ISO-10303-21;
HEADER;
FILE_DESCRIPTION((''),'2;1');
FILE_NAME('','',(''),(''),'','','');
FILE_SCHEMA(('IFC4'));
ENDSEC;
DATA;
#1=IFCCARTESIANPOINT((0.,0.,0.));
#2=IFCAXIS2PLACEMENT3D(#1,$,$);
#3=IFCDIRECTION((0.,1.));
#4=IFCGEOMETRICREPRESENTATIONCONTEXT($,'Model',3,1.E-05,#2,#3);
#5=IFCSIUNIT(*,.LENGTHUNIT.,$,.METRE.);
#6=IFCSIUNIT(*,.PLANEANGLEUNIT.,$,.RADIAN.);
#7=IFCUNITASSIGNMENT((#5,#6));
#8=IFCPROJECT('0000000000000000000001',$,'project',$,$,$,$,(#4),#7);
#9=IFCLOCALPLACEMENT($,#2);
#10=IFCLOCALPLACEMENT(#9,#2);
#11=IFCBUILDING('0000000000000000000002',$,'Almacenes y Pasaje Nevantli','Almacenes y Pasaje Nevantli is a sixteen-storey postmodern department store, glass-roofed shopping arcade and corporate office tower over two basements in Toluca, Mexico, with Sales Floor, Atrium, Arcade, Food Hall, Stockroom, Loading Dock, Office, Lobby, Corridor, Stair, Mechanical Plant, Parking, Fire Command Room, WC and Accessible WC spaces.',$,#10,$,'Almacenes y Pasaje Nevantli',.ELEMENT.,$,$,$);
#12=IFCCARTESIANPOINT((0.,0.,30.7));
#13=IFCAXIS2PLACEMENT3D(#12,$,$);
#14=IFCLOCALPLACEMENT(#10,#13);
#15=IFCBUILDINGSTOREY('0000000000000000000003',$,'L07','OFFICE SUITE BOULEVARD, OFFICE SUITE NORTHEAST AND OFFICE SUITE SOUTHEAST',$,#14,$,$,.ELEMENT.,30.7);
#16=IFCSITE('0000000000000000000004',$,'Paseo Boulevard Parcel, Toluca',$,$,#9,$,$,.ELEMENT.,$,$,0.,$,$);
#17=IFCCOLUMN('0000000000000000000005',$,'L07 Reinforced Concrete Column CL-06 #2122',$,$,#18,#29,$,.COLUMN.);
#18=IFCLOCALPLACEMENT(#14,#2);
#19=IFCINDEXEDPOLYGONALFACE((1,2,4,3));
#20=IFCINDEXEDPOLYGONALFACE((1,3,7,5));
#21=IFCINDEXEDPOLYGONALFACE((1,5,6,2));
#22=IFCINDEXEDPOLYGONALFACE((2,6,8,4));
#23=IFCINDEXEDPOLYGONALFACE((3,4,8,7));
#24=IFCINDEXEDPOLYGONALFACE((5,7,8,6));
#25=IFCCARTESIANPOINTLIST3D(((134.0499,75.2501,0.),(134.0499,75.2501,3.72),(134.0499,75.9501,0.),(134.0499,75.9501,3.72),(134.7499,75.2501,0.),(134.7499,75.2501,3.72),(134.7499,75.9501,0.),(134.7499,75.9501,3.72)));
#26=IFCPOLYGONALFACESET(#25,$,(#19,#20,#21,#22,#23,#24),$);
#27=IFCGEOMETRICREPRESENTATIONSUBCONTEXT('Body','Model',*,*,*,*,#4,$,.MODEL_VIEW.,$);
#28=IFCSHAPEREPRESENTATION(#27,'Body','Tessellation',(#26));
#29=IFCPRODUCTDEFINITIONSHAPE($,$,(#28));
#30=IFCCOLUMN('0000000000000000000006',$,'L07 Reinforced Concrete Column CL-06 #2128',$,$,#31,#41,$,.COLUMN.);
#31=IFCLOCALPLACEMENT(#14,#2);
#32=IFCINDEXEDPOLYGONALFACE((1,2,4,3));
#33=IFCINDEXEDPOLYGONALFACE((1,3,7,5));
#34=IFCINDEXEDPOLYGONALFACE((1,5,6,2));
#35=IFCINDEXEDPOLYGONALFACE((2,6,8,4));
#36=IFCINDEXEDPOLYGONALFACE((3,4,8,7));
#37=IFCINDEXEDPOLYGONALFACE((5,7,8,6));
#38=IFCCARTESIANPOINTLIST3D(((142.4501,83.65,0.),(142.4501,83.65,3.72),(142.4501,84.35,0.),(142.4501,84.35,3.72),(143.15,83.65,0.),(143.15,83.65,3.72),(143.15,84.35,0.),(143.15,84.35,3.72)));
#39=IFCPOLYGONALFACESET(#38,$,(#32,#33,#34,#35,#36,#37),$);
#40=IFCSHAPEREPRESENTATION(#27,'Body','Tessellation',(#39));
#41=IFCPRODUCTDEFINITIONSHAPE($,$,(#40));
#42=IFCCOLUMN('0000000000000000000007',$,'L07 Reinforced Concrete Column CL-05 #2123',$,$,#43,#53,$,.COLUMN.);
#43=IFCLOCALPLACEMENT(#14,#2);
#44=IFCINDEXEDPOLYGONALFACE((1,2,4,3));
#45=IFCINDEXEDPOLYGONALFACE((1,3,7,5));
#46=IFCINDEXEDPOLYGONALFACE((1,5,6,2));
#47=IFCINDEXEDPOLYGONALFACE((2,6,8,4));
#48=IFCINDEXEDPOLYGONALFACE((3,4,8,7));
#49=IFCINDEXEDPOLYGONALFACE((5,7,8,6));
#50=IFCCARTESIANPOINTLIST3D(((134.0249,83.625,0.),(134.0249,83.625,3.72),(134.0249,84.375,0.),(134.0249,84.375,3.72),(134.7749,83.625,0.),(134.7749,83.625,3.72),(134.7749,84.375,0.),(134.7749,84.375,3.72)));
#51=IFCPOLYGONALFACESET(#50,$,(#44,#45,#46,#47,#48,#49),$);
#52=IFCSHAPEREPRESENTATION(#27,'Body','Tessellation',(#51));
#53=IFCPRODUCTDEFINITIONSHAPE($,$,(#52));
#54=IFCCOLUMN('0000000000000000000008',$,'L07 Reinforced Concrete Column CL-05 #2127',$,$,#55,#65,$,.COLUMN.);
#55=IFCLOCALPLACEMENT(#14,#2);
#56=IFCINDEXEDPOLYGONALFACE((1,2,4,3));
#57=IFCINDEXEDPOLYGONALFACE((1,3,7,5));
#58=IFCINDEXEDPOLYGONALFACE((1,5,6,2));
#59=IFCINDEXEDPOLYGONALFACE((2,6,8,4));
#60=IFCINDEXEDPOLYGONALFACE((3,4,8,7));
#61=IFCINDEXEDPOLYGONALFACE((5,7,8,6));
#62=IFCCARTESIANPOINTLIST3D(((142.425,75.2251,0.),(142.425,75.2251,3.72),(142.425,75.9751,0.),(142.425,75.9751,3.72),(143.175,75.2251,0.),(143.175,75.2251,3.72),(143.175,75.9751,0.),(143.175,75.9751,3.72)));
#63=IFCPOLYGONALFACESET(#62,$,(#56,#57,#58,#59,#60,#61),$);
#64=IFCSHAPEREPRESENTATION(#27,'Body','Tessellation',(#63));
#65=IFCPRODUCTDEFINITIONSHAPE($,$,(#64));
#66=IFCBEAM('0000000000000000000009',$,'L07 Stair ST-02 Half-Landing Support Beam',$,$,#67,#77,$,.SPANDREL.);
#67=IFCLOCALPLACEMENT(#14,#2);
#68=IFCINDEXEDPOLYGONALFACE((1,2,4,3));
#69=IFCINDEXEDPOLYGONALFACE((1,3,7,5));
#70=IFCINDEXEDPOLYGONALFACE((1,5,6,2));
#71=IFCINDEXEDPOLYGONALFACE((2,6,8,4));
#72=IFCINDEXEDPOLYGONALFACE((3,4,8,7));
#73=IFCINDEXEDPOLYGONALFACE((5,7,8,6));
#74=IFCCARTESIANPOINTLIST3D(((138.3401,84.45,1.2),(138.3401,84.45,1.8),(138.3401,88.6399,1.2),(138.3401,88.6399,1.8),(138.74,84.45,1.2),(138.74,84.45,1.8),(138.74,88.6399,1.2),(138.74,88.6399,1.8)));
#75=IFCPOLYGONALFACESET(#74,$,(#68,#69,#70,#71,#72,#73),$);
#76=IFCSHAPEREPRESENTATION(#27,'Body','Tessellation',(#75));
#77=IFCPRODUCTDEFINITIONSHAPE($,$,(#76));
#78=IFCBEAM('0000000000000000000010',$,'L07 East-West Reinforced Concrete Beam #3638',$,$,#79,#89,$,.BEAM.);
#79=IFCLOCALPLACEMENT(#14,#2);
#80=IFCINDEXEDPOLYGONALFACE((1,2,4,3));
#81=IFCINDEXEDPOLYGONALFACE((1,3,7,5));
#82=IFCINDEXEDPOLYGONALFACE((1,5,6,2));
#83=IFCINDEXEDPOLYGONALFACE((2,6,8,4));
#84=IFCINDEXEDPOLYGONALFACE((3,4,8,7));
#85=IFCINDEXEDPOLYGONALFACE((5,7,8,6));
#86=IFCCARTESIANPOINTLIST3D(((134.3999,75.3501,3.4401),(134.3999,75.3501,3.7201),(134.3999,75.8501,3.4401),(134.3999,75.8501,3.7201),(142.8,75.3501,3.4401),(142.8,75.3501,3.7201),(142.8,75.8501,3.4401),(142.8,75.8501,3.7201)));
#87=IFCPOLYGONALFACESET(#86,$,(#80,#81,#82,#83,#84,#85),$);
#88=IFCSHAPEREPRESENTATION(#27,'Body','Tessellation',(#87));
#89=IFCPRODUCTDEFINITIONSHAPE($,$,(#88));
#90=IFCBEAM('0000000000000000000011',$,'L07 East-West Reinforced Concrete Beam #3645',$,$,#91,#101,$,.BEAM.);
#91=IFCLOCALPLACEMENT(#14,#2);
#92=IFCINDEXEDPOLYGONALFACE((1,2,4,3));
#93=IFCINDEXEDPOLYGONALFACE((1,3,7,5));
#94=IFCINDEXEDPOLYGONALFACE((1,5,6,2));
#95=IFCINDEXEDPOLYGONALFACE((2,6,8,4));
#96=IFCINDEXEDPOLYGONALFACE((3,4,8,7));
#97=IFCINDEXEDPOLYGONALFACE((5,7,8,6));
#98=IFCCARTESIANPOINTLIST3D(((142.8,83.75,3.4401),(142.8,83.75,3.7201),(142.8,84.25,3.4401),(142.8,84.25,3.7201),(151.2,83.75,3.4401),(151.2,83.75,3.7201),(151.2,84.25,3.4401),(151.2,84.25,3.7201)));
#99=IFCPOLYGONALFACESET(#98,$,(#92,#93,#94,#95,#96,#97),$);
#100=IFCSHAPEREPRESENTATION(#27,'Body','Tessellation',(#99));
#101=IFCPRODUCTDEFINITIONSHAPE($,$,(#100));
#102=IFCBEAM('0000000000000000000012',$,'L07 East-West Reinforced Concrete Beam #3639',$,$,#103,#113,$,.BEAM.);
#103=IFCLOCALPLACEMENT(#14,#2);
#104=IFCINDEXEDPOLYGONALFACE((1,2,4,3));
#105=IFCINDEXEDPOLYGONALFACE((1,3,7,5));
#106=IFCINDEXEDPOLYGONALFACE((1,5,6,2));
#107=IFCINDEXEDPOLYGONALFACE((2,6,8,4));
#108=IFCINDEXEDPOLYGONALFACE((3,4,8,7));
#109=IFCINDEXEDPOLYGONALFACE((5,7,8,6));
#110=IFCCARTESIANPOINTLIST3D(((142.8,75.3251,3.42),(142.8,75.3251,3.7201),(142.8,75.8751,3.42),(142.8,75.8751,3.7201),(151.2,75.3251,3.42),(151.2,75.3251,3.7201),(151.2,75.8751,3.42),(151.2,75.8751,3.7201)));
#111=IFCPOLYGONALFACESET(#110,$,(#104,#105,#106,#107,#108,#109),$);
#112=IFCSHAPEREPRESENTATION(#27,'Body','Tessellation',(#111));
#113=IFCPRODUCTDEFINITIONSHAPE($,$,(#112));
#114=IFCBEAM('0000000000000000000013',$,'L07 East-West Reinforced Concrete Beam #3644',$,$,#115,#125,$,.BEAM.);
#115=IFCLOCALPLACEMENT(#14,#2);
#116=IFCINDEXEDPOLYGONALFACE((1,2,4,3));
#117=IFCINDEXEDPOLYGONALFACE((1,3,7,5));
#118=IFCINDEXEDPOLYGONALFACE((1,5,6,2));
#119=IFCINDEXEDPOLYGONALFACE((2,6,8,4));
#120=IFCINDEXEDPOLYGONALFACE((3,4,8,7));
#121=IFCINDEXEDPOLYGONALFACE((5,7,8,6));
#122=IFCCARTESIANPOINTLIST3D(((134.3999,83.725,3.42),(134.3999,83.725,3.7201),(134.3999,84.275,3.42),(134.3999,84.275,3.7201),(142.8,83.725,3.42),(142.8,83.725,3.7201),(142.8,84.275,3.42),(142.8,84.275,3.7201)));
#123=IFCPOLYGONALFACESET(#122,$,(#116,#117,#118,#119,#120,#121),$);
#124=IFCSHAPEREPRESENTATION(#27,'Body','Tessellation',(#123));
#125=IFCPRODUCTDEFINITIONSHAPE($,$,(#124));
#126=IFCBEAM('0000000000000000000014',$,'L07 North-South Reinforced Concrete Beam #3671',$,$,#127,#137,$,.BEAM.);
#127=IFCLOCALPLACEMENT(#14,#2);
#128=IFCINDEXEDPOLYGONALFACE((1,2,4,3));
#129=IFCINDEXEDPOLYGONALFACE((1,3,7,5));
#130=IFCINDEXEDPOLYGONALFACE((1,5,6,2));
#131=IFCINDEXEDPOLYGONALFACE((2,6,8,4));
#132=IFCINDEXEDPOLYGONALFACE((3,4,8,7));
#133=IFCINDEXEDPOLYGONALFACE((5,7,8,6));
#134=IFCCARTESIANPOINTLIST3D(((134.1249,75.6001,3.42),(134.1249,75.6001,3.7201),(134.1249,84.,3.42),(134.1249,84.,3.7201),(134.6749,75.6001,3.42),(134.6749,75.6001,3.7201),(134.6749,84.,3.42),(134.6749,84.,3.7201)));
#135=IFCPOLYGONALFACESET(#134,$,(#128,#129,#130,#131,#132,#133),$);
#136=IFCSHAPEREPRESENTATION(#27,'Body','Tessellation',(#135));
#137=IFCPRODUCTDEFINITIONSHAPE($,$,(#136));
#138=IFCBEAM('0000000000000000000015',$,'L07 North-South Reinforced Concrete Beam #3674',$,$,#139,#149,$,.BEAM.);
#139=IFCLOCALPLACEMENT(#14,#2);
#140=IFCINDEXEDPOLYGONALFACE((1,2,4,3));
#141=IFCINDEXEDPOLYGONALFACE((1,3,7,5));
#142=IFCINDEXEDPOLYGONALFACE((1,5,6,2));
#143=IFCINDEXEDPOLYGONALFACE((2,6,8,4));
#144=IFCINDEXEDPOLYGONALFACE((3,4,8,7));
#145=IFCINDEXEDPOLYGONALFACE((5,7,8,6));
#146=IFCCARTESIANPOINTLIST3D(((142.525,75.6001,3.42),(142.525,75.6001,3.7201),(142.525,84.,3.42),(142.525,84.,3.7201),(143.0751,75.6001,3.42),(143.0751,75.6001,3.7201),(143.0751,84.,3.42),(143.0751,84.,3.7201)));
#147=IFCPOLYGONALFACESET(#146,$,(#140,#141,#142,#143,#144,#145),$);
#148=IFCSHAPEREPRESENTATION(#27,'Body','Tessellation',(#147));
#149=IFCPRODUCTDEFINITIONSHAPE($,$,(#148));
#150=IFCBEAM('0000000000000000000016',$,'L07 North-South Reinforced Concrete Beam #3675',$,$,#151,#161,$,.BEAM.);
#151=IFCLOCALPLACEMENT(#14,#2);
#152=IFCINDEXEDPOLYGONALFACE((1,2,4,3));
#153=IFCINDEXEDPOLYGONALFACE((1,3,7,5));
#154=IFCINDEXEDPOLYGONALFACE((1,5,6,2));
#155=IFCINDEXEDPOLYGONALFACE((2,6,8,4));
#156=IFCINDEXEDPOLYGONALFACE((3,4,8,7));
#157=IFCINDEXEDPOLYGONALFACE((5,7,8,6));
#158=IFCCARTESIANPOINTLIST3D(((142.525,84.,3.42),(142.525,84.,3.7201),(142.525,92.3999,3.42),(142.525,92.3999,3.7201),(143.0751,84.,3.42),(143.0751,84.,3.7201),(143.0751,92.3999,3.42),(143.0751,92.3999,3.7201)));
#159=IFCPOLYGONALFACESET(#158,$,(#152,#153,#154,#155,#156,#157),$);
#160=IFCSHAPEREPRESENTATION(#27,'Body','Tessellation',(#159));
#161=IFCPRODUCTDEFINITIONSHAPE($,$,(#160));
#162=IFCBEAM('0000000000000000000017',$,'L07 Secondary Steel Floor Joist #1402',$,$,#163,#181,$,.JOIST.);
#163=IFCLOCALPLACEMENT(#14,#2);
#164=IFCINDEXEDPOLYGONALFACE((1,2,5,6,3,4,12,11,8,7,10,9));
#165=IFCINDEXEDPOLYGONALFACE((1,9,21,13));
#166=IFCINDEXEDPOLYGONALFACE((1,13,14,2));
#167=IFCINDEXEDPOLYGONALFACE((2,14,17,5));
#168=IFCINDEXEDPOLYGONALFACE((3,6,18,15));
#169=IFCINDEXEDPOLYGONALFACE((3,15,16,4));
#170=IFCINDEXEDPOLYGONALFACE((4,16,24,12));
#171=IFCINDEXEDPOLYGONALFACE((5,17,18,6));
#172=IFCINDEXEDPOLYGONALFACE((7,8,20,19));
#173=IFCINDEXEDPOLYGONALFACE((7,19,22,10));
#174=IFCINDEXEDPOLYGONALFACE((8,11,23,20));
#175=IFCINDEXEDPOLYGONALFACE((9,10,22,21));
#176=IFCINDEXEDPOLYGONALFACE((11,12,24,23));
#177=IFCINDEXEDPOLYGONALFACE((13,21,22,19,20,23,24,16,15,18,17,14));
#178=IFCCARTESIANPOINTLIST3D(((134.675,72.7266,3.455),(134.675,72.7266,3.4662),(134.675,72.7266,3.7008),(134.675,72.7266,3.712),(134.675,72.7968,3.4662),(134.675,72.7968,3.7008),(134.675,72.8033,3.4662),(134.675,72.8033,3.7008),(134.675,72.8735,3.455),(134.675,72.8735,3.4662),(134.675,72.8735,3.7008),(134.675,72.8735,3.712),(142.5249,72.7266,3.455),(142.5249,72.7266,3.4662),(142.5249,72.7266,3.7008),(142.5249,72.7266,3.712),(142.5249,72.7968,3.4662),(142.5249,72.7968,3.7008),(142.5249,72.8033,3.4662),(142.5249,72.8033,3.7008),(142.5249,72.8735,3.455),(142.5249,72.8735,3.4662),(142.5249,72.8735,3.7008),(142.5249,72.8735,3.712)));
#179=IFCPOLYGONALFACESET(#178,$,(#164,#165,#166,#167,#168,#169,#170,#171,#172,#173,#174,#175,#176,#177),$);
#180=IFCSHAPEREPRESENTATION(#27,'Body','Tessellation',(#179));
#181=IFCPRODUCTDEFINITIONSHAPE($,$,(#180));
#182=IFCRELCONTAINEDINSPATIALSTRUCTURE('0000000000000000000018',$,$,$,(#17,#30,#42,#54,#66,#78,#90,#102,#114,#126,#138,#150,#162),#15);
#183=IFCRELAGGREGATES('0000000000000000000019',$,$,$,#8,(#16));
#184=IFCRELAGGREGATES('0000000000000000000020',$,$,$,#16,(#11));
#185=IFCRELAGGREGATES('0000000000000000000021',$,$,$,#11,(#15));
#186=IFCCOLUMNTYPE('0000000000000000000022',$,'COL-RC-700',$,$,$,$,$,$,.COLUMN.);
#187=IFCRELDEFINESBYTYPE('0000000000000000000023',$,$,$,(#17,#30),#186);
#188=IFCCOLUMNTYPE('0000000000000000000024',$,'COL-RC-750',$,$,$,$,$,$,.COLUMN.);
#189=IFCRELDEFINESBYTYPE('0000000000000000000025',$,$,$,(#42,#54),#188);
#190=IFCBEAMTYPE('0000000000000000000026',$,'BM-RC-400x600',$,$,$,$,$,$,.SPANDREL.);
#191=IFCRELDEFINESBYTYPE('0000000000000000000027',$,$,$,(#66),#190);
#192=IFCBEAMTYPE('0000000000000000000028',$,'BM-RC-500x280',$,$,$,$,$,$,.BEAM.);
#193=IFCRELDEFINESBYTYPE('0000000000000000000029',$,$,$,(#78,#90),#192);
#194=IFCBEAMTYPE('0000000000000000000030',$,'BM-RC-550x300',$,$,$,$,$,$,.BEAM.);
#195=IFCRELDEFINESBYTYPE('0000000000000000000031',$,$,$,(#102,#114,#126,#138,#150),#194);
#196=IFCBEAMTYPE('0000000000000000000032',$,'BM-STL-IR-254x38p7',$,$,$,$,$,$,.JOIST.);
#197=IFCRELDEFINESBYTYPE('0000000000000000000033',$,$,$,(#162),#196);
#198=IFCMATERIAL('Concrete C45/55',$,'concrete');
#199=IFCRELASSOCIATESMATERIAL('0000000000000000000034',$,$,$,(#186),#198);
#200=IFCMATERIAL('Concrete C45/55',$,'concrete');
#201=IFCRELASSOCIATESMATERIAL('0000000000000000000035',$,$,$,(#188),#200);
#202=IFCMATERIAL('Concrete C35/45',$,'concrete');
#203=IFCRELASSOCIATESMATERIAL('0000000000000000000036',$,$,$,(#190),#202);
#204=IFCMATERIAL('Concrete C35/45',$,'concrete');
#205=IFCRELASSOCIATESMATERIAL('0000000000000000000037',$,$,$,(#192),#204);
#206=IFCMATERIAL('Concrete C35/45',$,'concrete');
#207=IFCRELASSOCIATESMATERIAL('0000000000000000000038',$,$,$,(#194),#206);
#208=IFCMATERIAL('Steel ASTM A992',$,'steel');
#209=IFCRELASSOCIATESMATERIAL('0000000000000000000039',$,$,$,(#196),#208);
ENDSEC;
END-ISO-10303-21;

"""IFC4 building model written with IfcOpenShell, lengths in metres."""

from ifc_helpers import new_model, si_unit, direction, frame, origin, origin_2d, place, context, subcontext, project, spatial, rectangle, i_section, extrude, material, material_profile, profile_set, type_object, element, save


model = new_model("IFC4")

# Units and contexts
model_context = context("Model", 3, precision=1e-05, world=origin(), true_north=direction((0.0, 1.0)))
body_context = subcontext(model_context, "Body", "Model", "MODEL_VIEW")
ifc_project = project(units=[si_unit("LENGTHUNIT", "METRE"), si_unit("PLANEANGLEUNIT", "RADIAN")], contexts=[model_context])

# Site, building, storey
site_placement = place(None, origin())
site = spatial("IfcSite", under=ifc_project, at=site_placement, Name="Paseo Boulevard Parcel, Toluca", CompositionType="ELEMENT", RefElevation=0.0)
building_placement = place(site_placement, origin())
building = spatial("IfcBuilding", under=site, at=building_placement, Name="Almacenes y Pasaje Nevantli", Description="Almacenes y Pasaje Nevantli is a sixteen-storey postmodern department store, glass-roofed shopping arcade and corporate office tower over two basements in Toluca, Mexico, with Sales Floor, Atrium, Arcade, Food Hall, Stockroom, Loading Dock, Office, Lobby, Corridor, Stair, Mechanical Plant, Parking, Fire Command Room, WC and Accessible WC spaces.", LongName="Almacenes y Pasaje Nevantli", CompositionType="ELEMENT")
storey_placement = place(building_placement, frame((0.0, 0.0, 30.7)))
storey = spatial("IfcBuildingStorey", under=building, at=storey_placement, Name="L07", Description="OFFICE SUITE BOULEVARD, OFFICE SUITE NORTHEAST AND OFFICE SUITE SOUTHEAST", CompositionType="ELEMENT", Elevation=30.7)

# Columns
ifc_material_1 = material(Name="Concrete C45/55", Category="concrete")
ifc_material_profile_1 = material_profile(ifc_material_1, rectangle(XDim=0.7, YDim=0.7, at=origin_2d()), Name="RC-COL-700x700")
ifc_profile_set_1 = profile_set([ifc_material_profile_1], Name="Concrete C45/55")
column_type_1 = type_object("IfcColumnType", Name="COL-RC-700", PredefinedType="COLUMN", material=ifc_profile_set_1)
for number, where, z_axis, x_axis, name in (
    (1, (134.3999, 75.6001, 0.0), (0.0, 0.0, 1.0), (1.0, 0.0, 0.0), "L07 Reinforced Concrete Column CL-06 #2122"),
    (2, (142.8, 84.0, 0.0), (0.0, 0.0, 1.0), (1.0, 0.0, 0.0), "L07 Reinforced Concrete Column CL-06 #2128"),
):
    element("IfcColumn", number, at=place(storey_placement, frame(where, z_axis=z_axis, x_axis=x_axis)), inside=storey, type_object=column_type_1, Name=name, PredefinedType="COLUMN", context=body_context, shape_type="SweptSolid", body=[
        extrude(rectangle(XDim=0.7, YDim=0.7, at=origin_2d()), origin(), (0.0, 0.0, 1.0), 3.72),
    ])
ifc_material_2 = material(Name="Concrete C45/55", Category="concrete")
ifc_material_profile_2 = material_profile(ifc_material_2, rectangle(XDim=0.75, YDim=0.75, at=origin_2d()), Name="RC-COL-750x750")
ifc_profile_set_2 = profile_set([ifc_material_profile_2], Name="Concrete C45/55")
column_type_2 = type_object("IfcColumnType", Name="COL-RC-750", PredefinedType="COLUMN", material=ifc_profile_set_2)
for number, where, z_axis, x_axis, name in (
    (3, (134.3999, 84.0, 0.0), (0.0, 0.0, 1.0), (1.0, 0.0, 0.0), "L07 Reinforced Concrete Column CL-05 #2123"),
    (4, (142.8, 75.6001, 0.0), (0.0, 0.0, 1.0), (1.0, 0.0, 0.0), "L07 Reinforced Concrete Column CL-05 #2127"),
):
    element("IfcColumn", number, at=place(storey_placement, frame(where, z_axis=z_axis, x_axis=x_axis)), inside=storey, type_object=column_type_2, Name=name, PredefinedType="COLUMN", context=body_context, shape_type="SweptSolid", body=[
        extrude(rectangle(XDim=0.75, YDim=0.75, at=origin_2d()), origin(), (0.0, 0.0, 1.0), 3.72),
    ])

# Beams
ifc_material_3 = material(Name="Concrete C35/45", Category="concrete")
ifc_material_profile_3 = material_profile(ifc_material_3, rectangle(XDim=0.3999, YDim=0.6001, at=origin_2d()), Name="RC-BM-400x600")
ifc_profile_set_3 = profile_set([ifc_material_profile_3], Name="Concrete C35/45")
beam_type_1 = type_object("IfcBeamType", Name="BM-RC-400x600", PredefinedType="SPANDREL", material=ifc_profile_set_3)
beam_1_placement = place(storey_placement, frame((138.54, 84.45, 1.5), z_axis=(0.0, 1.0, 0.0), x_axis=(-1.0, 0.0, 0.0)))
element("IfcBeam", 5, at=beam_1_placement, inside=storey, type_object=beam_type_1, Name="L07 Stair ST-02 Half-Landing Support Beam", PredefinedType="SPANDREL", context=body_context, shape_type="SweptSolid", body=[
    extrude(rectangle(XDim=0.3999, YDim=0.6001, at=origin_2d()), origin(), (0.0, 0.0, 1.0), 4.1899),
])
ifc_material_4 = material(Name="Concrete C35/45", Category="concrete")
ifc_material_profile_4 = material_profile(ifc_material_4, rectangle(XDim=0.5, YDim=0.28, at=origin_2d()), Name="RC-BM-500x280")
ifc_profile_set_4 = profile_set([ifc_material_profile_4], Name="Concrete C35/45")
beam_type_2 = type_object("IfcBeamType", Name="BM-RC-500x280", PredefinedType="BEAM", material=ifc_profile_set_4)
beam_2_placement = place(storey_placement, frame((134.3999, 75.6001, 3.5801), z_axis=(1.0, 0.0, 0.0), x_axis=(0.0, 1.0, 0.0)))
element("IfcBeam", 6, at=beam_2_placement, inside=storey, type_object=beam_type_2, Name="L07 East-West Reinforced Concrete Beam #3638", PredefinedType="BEAM", context=body_context, shape_type="SweptSolid", body=[
    extrude(rectangle(XDim=0.5, YDim=0.28, at=origin_2d()), origin(), (0.0, 0.0, 1.0), 8.4001),
])
beam_3_placement = place(storey_placement, frame((142.8, 84.0, 3.5801), z_axis=(1.0, 0.0, 0.0), x_axis=(0.0, 1.0, 0.0)))
element("IfcBeam", 7, at=beam_3_placement, inside=storey, type_object=beam_type_2, Name="L07 East-West Reinforced Concrete Beam #3645", PredefinedType="BEAM", context=body_context, shape_type="SweptSolid", body=[
    extrude(rectangle(XDim=0.5, YDim=0.28, at=origin_2d()), origin(), (0.0, 0.0, 1.0), 8.3999),
])
ifc_material_5 = material(Name="Concrete C35/45", Category="concrete")
ifc_material_profile_5 = material_profile(ifc_material_5, rectangle(XDim=0.55, YDim=0.3, at=origin_2d()), Name="RC-BM-550x300")
ifc_profile_set_5 = profile_set([ifc_material_profile_5], Name="Concrete C35/45")
beam_type_3 = type_object("IfcBeamType", Name="BM-RC-550x300", PredefinedType="BEAM", material=ifc_profile_set_5)
beam_4_placement = place(storey_placement, frame((142.8, 75.6001, 3.5701), z_axis=(1.0, 0.0, 0.0), x_axis=(0.0, 1.0, 0.0)))
element("IfcBeam", 8, at=beam_4_placement, inside=storey, type_object=beam_type_3, Name="L07 East-West Reinforced Concrete Beam #3639", PredefinedType="BEAM", context=body_context, shape_type="SweptSolid", body=[
    extrude(rectangle(XDim=0.55, YDim=0.3, at=origin_2d()), origin(), (0.0, 0.0, 1.0), 8.3999),
])
beam_5_placement = place(storey_placement, frame((134.3999, 84.0, 3.5701), z_axis=(1.0, 0.0, 0.0), x_axis=(0.0, 1.0, 0.0)))
element("IfcBeam", 9, at=beam_5_placement, inside=storey, type_object=beam_type_3, Name="L07 East-West Reinforced Concrete Beam #3644", PredefinedType="BEAM", context=body_context, shape_type="SweptSolid", body=[
    extrude(rectangle(XDim=0.55, YDim=0.3, at=origin_2d()), origin(), (0.0, 0.0, 1.0), 8.4001),
])
for number, where, z_axis, x_axis, name in (
    (10, (134.3999, 75.6001, 3.5701), (0.0, 1.0, 0.0), (-1.0, 0.0, 0.0), "L07 North-South Reinforced Concrete Beam #3671"),
    (11, (142.8, 75.6001, 3.5701), (0.0, 1.0, 0.0), (-1.0, 0.0, 0.0), "L07 North-South Reinforced Concrete Beam #3674"),
    (12, (142.8, 84.0, 3.5701), (0.0, 1.0, 0.0), (-1.0, 0.0, 0.0), "L07 North-South Reinforced Concrete Beam #3675"),
):
    element("IfcBeam", number, at=place(storey_placement, frame(where, z_axis=z_axis, x_axis=x_axis)), inside=storey, type_object=beam_type_3, Name=name, PredefinedType="BEAM", context=body_context, shape_type="SweptSolid", body=[
        extrude(rectangle(XDim=0.55, YDim=0.3, at=origin_2d()), origin(), (0.0, 0.0, 1.0), 8.3999),
    ])
ifc_material_6 = material(Name="Steel ASTM A992", Category="steel")
ifc_material_profile_6 = material_profile(ifc_material_6, i_section(OverallWidth=0.147, OverallDepth=0.2571, WebThickness=0.0066, FlangeThickness=0.0112, at=origin_2d()), Name="IR 254x38.7")
ifc_profile_set_6 = profile_set([ifc_material_profile_6], Name="Steel ASTM A992")
beam_type_4 = type_object("IfcBeamType", Name="BM-STL-IR-254x38p7", PredefinedType="JOIST", material=ifc_profile_set_6)
beam_6_placement = place(storey_placement, frame((134.675, 72.8, 3.5835), z_axis=(1.0, 0.0, 0.0), x_axis=(0.0, 1.0, 0.0)))
element("IfcBeam", 13, at=beam_6_placement, inside=storey, type_object=beam_type_4, Name="L07 Secondary Steel Floor Joist #1402", PredefinedType="JOIST", context=body_context, shape_type="SweptSolid", body=[
    extrude(i_section(OverallWidth=0.147, OverallDepth=0.2571, WebThickness=0.0066, FlangeThickness=0.0112, at=origin_2d()), origin(), (0.0, 0.0, 1.0), 7.8499),
])

save(model, "model.ifc")
